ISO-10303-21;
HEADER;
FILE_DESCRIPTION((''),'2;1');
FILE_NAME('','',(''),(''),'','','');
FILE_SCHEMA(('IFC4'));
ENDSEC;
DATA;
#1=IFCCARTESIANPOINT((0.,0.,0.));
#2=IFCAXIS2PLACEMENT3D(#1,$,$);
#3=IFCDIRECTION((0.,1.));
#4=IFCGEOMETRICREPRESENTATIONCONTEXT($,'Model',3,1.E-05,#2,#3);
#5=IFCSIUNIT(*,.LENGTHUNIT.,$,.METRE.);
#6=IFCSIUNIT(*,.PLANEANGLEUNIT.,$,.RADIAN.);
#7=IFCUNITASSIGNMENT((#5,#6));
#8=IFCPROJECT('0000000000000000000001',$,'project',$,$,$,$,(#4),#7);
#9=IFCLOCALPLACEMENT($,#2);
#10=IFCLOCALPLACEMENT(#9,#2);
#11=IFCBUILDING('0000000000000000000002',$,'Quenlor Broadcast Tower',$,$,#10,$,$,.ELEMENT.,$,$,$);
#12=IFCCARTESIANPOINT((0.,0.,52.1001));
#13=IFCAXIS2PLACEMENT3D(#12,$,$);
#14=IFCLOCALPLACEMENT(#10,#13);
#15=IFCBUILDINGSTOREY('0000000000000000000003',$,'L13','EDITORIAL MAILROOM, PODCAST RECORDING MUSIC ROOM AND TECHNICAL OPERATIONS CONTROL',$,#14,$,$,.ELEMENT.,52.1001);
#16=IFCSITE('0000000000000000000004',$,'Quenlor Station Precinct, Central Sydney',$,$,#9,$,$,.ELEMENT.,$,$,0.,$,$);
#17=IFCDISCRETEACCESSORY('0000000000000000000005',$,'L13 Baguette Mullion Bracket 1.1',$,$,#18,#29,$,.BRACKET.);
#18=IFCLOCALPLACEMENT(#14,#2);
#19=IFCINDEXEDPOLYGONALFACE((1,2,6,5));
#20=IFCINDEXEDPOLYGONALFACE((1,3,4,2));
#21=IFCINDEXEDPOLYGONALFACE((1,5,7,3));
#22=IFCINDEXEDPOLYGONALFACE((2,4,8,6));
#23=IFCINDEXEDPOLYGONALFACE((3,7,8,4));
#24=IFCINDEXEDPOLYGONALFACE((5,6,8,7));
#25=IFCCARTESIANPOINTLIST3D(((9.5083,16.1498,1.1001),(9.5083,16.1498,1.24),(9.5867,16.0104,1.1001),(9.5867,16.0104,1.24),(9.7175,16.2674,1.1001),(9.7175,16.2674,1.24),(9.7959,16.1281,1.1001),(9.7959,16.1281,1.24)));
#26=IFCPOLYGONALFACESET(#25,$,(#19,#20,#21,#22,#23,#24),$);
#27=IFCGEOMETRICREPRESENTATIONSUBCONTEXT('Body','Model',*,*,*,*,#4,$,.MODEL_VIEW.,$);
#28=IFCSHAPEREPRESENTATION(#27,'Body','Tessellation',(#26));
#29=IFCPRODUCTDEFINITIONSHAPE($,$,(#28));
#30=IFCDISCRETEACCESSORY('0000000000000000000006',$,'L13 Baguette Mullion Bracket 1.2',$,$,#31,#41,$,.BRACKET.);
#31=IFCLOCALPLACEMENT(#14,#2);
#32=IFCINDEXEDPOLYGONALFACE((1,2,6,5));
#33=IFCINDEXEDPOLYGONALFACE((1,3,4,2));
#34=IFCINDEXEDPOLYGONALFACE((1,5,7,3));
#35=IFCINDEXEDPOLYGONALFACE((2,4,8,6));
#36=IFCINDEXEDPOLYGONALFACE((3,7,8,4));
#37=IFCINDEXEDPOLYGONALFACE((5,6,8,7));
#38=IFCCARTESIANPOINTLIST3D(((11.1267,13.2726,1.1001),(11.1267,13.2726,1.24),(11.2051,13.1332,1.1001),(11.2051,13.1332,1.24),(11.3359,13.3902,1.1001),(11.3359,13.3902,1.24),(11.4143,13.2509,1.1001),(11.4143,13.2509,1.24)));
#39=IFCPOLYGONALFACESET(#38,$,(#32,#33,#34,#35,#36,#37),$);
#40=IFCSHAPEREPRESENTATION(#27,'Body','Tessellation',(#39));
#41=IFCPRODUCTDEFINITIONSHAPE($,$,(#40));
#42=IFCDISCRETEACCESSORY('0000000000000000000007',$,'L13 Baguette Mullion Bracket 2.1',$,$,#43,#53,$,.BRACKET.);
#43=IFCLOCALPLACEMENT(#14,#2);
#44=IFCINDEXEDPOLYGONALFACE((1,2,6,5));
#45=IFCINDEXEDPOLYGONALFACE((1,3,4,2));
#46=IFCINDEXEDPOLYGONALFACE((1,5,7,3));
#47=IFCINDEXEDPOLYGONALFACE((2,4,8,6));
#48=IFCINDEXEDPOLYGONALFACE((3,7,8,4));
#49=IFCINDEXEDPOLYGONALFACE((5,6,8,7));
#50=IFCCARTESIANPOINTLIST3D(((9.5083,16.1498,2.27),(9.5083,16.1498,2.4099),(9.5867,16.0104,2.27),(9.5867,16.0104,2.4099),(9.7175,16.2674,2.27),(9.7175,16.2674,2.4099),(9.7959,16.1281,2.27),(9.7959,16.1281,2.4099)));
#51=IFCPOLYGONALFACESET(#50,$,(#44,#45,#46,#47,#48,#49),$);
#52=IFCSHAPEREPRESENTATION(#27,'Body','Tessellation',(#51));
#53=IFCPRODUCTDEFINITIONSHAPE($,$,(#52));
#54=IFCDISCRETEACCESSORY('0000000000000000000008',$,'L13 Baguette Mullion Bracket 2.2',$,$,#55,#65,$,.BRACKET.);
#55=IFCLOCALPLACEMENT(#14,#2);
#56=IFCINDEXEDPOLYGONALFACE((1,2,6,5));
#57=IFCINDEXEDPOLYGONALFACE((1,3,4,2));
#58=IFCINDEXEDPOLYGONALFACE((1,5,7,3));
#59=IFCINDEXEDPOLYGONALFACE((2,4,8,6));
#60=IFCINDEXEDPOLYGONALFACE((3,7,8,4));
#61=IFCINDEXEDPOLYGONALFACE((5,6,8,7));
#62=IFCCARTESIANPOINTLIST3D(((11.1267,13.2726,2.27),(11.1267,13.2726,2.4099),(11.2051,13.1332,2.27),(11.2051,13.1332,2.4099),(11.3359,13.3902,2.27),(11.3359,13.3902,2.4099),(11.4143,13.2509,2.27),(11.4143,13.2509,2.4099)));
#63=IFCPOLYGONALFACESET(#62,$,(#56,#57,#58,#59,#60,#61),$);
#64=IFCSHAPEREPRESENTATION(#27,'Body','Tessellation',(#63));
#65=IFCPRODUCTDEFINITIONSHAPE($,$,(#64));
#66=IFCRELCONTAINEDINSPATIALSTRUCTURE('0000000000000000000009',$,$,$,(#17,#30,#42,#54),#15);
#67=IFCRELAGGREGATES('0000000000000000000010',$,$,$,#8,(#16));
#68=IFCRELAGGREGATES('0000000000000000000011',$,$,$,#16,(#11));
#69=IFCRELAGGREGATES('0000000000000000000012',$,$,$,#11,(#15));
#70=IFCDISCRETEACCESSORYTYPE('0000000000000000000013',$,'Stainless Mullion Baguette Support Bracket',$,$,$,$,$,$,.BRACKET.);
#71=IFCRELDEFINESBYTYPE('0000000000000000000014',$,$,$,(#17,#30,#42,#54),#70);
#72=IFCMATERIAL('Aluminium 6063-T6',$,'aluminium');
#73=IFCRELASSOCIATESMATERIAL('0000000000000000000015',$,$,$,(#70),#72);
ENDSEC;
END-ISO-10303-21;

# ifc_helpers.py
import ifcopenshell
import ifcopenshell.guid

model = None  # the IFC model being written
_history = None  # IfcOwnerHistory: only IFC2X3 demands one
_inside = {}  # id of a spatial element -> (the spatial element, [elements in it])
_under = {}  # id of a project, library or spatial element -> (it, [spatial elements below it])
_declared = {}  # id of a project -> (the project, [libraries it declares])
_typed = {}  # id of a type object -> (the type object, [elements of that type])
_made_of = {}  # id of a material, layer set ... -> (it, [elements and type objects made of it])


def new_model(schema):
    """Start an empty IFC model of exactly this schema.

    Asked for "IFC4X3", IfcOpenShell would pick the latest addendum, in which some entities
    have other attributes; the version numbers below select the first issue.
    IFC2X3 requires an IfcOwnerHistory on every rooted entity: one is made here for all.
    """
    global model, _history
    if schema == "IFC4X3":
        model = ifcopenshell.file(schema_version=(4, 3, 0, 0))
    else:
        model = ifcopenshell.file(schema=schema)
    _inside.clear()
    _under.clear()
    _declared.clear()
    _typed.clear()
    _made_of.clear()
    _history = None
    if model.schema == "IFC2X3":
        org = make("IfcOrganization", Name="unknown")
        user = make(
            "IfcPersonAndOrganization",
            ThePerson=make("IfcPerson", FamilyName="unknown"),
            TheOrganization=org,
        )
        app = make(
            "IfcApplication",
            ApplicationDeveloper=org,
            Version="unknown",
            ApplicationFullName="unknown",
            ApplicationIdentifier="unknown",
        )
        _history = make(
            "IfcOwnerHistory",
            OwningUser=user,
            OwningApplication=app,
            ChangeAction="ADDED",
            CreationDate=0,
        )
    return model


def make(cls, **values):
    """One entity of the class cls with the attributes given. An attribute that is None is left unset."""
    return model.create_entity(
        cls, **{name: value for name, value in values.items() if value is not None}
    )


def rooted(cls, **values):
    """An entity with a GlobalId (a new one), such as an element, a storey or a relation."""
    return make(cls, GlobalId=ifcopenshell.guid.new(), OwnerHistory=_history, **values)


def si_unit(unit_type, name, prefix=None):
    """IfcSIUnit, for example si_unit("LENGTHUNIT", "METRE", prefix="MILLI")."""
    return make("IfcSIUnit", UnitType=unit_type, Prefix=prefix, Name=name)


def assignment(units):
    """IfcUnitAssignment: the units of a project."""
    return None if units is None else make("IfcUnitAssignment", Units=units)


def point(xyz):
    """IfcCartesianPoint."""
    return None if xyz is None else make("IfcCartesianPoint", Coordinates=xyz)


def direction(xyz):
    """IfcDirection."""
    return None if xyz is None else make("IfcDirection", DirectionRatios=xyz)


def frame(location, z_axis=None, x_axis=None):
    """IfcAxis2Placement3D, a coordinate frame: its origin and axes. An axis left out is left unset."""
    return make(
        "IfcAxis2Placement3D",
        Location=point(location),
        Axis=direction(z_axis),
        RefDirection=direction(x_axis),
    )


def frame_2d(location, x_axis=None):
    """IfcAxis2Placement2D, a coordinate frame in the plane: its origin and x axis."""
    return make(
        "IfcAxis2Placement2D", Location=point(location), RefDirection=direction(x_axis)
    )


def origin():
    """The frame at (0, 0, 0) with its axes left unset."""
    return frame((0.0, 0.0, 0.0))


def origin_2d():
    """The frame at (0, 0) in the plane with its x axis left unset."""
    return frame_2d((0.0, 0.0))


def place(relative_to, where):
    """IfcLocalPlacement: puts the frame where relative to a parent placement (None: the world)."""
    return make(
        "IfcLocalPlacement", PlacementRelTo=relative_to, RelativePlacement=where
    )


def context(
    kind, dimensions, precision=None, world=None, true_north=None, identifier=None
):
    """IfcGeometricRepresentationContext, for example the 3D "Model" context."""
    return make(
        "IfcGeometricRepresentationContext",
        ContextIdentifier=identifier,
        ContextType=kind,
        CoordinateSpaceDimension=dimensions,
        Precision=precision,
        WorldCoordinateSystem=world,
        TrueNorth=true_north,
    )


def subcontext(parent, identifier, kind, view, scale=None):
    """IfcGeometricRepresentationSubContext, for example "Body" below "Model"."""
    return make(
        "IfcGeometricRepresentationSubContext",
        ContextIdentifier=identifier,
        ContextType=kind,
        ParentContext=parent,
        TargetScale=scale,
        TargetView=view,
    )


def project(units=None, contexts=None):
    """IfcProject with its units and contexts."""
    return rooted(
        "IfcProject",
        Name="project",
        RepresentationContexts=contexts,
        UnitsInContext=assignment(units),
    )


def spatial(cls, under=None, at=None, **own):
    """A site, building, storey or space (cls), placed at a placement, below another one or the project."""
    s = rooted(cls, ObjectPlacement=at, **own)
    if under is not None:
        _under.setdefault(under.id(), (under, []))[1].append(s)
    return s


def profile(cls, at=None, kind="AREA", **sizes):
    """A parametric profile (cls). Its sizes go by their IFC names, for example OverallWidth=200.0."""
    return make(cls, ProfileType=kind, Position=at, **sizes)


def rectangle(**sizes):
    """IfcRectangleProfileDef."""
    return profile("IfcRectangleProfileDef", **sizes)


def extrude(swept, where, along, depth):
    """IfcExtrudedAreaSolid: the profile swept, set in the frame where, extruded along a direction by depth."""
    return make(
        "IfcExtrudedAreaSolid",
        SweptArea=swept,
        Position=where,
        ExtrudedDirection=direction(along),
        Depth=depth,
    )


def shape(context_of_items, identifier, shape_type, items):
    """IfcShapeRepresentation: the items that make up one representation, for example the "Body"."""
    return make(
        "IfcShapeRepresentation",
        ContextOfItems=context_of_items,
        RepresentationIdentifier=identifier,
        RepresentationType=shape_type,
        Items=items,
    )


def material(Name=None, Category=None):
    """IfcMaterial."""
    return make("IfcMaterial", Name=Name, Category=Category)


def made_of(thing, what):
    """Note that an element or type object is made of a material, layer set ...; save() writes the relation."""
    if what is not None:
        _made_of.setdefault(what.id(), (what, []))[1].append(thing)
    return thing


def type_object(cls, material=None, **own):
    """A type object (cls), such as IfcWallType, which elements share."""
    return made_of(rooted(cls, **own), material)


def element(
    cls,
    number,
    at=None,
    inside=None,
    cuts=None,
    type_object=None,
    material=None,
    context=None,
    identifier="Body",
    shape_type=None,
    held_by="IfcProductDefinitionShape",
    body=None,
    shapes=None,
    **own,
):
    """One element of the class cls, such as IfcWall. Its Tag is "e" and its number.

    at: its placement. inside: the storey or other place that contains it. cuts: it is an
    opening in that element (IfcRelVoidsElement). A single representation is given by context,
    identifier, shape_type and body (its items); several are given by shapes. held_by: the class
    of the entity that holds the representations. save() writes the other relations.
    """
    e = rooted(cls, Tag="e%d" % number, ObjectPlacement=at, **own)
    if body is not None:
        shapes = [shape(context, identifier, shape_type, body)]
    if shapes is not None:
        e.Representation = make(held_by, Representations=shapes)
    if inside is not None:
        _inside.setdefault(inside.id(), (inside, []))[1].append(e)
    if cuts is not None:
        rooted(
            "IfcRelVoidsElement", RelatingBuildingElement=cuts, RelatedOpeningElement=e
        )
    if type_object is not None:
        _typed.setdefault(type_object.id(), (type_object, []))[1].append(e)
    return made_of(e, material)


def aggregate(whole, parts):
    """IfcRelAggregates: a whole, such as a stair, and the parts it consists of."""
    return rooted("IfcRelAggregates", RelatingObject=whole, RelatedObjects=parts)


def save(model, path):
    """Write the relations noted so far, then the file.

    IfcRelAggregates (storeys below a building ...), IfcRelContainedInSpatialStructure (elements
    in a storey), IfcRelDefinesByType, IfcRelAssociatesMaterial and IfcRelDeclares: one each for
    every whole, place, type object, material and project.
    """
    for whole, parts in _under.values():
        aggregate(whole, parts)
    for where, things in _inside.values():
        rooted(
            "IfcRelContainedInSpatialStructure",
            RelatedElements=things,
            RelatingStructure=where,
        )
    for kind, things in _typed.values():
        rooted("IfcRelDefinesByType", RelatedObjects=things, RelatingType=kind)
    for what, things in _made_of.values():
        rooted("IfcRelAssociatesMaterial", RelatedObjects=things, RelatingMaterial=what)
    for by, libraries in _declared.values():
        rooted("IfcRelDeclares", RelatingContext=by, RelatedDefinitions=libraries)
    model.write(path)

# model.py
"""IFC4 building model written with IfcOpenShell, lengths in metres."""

from ifc_helpers import new_model, si_unit, direction, frame, origin, origin_2d, place, context, subcontext, project, spatial, rectangle, extrude, material, type_object, element, save


model = new_model("IFC4")

# Units and contexts
model_context = context("Model", 3, precision=1e-05, world=origin(), true_north=direction((0.0, 1.0)))
body_context = subcontext(model_context, "Body", "Model", "MODEL_VIEW")
ifc_project = project(units=[si_unit("LENGTHUNIT", "METRE"), si_unit("PLANEANGLEUNIT", "RADIAN")], contexts=[model_context])

# Site, building, storey
site_placement = place(None, origin())
site = spatial("IfcSite", under=ifc_project, at=site_placement, Name="Quenlor Station Precinct, Central Sydney", CompositionType="ELEMENT", RefElevation=0.0)
building_placement = place(site_placement, origin())
building = spatial("IfcBuilding", under=site, at=building_placement, Name="Quenlor Broadcast Tower", CompositionType="ELEMENT")
storey_placement = place(building_placement, frame((0.0, 0.0, 52.1001)))
storey = spatial("IfcBuildingStorey", under=building, at=storey_placement, Name="L13", Description="EDITORIAL MAILROOM, PODCAST RECORDING MUSIC ROOM AND TECHNICAL OPERATIONS CONTROL", CompositionType="ELEMENT", Elevation=52.1001)

# Discrete accessories
ifc_material_1 = material(Name="Aluminium 6063-T6", Category="aluminium")
discrete_accessory_type = type_object("IfcDiscreteAccessoryType", Name="Stainless Mullion Baguette Support Bracket", PredefinedType="BRACKET", material=ifc_material_1)
for number, where, z_axis, x_axis, name in (
    (1, (9.6521, 16.1389, 1.1001), (0.0, 0.0, 1.0), (0.490244, -0.871585, 0.0), "L13 Baguette Mullion Bracket 1.1"),
    (2, (11.2705, 13.2617, 1.1001), (0.0, 0.0, 1.0), (0.490244, -0.871585, 0.0), "L13 Baguette Mullion Bracket 1.2"),
    (3, (9.6521, 16.1389, 2.27), (0.0, 0.0, 1.0), (0.490244, -0.871585, 0.0), "L13 Baguette Mullion Bracket 2.1"),
    (4, (11.2705, 13.2617, 2.27), (0.0, 0.0, 1.0), (0.490244, -0.871585, 0.0), "L13 Baguette Mullion Bracket 2.2"),
):
    element("IfcDiscreteAccessory", number, at=place(storey_placement, frame(where, z_axis=z_axis, x_axis=x_axis)), inside=storey, type_object=discrete_accessory_type, Name=name, PredefinedType="BRACKET", context=body_context, shape_type="SweptSolid", body=[
        extrude(rectangle(XDim=0.1599, YDim=0.24, at=origin_2d()), origin(), (0.0, 0.0, 1.0), 0.1399),
    ])

save(model, "model.ifc")
